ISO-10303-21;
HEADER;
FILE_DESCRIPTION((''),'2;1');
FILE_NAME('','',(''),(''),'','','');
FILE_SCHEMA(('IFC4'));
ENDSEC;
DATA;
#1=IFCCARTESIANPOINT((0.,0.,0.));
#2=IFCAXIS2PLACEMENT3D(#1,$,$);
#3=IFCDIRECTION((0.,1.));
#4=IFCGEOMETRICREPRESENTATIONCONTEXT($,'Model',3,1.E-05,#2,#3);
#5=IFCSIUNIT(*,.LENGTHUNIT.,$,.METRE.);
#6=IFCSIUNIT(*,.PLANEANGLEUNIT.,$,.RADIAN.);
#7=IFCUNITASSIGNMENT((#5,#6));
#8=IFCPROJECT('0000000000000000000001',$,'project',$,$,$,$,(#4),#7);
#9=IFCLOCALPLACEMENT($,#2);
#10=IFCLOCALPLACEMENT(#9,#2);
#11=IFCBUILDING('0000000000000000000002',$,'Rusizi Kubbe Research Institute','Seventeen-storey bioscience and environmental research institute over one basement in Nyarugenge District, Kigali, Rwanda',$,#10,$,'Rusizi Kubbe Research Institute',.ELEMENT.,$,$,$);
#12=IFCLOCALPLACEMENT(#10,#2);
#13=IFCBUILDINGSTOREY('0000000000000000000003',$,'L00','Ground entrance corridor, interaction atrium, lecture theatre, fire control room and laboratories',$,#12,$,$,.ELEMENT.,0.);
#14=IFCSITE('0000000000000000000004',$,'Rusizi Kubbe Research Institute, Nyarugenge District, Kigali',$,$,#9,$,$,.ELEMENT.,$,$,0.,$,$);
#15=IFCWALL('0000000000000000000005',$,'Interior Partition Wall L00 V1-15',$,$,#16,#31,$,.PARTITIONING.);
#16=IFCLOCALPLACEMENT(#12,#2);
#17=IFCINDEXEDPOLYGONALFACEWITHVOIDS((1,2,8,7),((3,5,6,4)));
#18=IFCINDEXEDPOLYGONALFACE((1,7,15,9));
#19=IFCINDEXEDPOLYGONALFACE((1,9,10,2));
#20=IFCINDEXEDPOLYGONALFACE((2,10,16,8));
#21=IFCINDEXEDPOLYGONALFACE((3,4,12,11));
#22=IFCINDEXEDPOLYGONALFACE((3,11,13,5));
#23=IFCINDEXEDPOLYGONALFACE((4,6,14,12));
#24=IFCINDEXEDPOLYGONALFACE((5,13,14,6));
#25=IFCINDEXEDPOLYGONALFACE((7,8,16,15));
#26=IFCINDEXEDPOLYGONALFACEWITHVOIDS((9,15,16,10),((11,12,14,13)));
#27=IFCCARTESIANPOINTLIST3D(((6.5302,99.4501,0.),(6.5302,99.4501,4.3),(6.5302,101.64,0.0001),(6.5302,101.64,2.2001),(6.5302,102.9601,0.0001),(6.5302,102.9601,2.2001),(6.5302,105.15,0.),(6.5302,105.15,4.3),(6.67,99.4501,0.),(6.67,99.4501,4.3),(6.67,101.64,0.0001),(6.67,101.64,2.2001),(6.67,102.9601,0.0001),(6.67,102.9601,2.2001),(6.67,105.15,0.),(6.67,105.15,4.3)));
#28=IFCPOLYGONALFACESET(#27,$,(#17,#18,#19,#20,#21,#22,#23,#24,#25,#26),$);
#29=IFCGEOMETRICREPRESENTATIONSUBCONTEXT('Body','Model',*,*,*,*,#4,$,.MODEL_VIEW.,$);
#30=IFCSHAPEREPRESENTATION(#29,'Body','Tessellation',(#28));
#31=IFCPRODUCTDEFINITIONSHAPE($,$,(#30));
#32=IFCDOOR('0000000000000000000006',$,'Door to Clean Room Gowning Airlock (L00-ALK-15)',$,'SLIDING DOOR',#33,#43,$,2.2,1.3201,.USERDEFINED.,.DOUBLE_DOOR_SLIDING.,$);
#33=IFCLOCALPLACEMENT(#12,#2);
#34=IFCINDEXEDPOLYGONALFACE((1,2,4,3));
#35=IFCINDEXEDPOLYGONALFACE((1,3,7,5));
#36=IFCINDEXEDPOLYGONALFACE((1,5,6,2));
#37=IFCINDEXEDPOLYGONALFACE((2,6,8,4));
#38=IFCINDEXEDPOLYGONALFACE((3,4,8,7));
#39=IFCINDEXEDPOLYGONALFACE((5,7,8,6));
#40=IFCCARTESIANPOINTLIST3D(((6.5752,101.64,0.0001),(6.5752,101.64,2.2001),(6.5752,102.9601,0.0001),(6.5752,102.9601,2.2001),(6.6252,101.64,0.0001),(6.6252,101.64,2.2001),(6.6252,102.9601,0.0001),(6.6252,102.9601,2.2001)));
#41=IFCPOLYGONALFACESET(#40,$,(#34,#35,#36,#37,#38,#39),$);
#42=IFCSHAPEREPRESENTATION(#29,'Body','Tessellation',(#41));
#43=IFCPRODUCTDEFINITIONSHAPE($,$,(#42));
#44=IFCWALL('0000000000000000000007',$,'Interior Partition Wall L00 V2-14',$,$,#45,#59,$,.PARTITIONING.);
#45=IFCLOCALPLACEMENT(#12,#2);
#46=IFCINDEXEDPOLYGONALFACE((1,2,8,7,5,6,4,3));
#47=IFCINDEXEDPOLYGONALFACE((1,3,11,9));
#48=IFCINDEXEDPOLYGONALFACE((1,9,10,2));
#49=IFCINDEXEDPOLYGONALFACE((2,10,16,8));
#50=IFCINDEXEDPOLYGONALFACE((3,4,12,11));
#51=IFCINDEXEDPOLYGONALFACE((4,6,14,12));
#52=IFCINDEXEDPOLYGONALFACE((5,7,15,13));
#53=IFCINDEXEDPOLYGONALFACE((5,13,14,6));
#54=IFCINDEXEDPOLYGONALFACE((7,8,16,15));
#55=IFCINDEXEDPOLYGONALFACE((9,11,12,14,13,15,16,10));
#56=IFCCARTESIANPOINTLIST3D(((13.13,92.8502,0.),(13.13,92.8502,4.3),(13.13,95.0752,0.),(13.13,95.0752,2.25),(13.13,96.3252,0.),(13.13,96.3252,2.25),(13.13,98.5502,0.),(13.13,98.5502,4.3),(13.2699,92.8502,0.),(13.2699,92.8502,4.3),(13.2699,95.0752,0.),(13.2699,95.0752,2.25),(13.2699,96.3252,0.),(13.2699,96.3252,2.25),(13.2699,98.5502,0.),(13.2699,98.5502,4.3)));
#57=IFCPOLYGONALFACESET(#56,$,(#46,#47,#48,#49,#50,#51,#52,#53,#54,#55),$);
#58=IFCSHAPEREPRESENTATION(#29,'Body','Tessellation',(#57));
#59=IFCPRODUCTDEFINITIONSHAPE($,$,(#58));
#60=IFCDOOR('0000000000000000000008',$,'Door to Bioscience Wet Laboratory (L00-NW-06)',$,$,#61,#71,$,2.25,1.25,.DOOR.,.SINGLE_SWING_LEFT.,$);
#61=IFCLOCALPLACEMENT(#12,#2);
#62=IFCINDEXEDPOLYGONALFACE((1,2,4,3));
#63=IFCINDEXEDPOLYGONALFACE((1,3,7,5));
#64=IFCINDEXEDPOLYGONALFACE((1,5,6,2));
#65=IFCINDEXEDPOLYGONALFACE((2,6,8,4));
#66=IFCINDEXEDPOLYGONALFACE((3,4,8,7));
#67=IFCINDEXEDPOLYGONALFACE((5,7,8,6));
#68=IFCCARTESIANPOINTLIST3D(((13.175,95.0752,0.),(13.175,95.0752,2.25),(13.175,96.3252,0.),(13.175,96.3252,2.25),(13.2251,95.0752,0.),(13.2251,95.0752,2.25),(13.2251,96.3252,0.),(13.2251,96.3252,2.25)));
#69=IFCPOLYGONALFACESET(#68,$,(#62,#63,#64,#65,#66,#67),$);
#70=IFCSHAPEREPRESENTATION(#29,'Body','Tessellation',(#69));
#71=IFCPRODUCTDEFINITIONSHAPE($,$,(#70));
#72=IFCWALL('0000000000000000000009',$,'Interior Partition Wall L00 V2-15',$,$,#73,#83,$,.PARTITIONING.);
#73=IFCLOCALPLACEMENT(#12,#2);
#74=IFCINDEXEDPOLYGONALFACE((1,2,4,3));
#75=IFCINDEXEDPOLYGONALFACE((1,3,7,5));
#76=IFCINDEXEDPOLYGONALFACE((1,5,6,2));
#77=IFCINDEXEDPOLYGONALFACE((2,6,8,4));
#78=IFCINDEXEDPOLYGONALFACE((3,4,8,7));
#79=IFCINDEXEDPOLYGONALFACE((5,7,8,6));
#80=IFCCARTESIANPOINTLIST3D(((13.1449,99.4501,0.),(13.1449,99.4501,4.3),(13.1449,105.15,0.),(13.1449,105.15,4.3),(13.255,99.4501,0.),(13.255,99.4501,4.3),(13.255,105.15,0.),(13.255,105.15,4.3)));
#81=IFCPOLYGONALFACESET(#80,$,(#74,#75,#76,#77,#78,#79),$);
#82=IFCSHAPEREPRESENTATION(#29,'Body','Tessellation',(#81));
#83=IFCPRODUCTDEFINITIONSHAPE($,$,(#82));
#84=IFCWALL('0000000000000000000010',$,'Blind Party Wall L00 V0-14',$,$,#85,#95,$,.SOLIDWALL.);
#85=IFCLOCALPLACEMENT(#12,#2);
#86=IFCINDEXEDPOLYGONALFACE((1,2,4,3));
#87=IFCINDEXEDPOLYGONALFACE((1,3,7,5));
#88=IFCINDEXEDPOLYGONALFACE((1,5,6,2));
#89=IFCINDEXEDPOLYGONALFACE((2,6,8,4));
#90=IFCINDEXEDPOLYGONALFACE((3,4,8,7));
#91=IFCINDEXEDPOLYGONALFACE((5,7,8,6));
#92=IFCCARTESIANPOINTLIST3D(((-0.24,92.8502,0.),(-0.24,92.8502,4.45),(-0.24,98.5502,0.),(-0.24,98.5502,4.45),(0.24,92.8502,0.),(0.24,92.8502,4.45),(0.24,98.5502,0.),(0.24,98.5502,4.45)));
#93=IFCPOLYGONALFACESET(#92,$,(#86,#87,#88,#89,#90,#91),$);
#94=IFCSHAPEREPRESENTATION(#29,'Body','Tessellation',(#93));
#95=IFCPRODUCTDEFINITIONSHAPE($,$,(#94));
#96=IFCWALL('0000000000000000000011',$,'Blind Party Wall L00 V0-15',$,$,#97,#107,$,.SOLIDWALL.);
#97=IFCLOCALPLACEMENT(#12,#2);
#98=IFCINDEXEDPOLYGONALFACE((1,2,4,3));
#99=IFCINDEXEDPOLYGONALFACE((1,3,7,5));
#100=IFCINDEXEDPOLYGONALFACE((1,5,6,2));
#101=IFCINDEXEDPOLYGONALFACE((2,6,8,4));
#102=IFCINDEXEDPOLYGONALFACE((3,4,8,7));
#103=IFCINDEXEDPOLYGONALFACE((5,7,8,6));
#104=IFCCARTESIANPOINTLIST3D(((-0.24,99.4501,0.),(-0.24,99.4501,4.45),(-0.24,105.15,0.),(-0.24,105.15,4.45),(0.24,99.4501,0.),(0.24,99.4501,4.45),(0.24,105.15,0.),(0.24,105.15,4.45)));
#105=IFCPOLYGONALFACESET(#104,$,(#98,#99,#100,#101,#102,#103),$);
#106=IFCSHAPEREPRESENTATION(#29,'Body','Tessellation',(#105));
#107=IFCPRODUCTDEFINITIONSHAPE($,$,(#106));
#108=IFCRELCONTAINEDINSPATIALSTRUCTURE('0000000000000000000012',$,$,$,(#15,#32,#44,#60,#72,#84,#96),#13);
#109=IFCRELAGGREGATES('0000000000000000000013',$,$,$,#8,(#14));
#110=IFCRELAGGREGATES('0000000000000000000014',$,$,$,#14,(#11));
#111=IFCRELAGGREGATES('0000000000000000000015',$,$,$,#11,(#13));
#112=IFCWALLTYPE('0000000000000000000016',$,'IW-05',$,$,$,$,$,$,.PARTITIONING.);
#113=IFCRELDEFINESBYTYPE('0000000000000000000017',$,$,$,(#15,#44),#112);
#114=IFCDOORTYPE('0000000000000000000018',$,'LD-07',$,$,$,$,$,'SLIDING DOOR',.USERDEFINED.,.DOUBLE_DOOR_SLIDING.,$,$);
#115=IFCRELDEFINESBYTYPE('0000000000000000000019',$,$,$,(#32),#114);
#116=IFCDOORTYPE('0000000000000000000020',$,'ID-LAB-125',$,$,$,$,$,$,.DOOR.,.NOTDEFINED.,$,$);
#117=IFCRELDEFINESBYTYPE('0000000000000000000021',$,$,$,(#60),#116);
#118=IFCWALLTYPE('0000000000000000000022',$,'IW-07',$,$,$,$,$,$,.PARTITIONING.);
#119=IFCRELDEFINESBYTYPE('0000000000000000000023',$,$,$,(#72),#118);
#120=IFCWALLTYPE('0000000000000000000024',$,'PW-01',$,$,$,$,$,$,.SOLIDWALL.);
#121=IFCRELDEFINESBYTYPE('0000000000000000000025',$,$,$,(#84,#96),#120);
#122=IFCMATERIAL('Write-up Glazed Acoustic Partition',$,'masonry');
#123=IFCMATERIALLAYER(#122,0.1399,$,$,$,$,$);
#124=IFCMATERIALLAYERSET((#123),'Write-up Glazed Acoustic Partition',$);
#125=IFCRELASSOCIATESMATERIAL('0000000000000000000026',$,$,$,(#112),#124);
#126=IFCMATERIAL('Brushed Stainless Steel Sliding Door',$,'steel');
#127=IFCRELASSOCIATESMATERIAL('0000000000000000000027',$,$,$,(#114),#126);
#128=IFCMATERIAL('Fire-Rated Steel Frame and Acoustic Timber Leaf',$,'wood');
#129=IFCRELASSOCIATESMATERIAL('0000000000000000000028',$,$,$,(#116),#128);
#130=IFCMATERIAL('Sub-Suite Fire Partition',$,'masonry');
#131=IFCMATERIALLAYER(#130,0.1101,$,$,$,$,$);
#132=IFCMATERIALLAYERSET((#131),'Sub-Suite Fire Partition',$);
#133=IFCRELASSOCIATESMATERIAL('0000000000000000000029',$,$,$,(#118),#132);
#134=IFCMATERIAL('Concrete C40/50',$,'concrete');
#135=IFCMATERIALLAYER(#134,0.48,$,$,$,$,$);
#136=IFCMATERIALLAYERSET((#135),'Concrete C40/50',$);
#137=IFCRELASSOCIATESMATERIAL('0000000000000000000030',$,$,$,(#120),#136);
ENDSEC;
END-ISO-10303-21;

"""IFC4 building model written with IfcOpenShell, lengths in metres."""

from ifc_helpers import new_model, si_unit, direction, frame, frame_2d, origin, place, context, subcontext, project, spatial, rectangle, extrude, material, layer, layer_set, type_object, element, fill, save


model = new_model("IFC4")

# Units and contexts
model_context = context("Model", 3, precision=1e-05, world=origin(), true_north=direction((0.0, 1.0)))
body_context = subcontext(model_context, "Body", "Model", "MODEL_VIEW")
ifc_project = project(units=[si_unit("LENGTHUNIT", "METRE"), si_unit("PLANEANGLEUNIT", "RADIAN")], contexts=[model_context])

# Site, building, storey
site_placement = place(None, origin())
site = spatial("IfcSite", under=ifc_project, at=site_placement, Name="Rusizi Kubbe Research Institute, Nyarugenge District, Kigali", CompositionType="ELEMENT", RefElevation=0.0)
building_placement = place(site_placement, origin())
building = spatial("IfcBuilding", under=site, at=building_placement, Name="Rusizi Kubbe Research Institute", Description="Seventeen-storey bioscience and environmental research institute over one basement in Nyarugenge District, Kigali, Rwanda", LongName="Rusizi Kubbe Research Institute", CompositionType="ELEMENT")
storey_placement = place(building_placement, origin())
storey = spatial("IfcBuildingStorey", under=building, at=storey_placement, Name="L00", Description="Ground entrance corridor, interaction atrium, lecture theatre, fire control room and laboratories", CompositionType="ELEMENT", Elevation=0.0)

# Shared definitions
ifc_material_1 = material(Name="Write-up Glazed Acoustic Partition", Category="masonry")
ifc_layer_1 = layer(ifc_material_1, 0.1399)
ifc_layer_set_1 = layer_set([ifc_layer_1], Name="Write-up Glazed Acoustic Partition")
wall_type_1 = type_object("IfcWallType", Name="IW-05", PredefinedType="PARTITIONING", material=ifc_layer_set_1)

# Walls, openings, doors
wall_1_placement = place(storey_placement, frame((6.6001, 99.45, 0.0), z_axis=(0.0, 0.0, 1.0), x_axis=(0.0, 1.0, 0.0)))
wall_1 = element("IfcWall", 1, at=wall_1_placement, inside=storey, type_object=wall_type_1, Name="Interior Partition Wall L00 V1-15", PredefinedType="PARTITIONING", context=body_context, shape_type="SweptSolid", body=[
    extrude(rectangle(XDim=5.7, YDim=0.1399, at=frame_2d((2.8501, 0.0))), origin(), (0.0, 0.0, 1.0), 4.3),
])
opening_1_placement = place(wall_1_placement, frame((2.1899, 0.0, 0.0)))
opening_1 = element("IfcOpeningElement", 2, at=opening_1_placement, cuts=wall_1, PredefinedType="OPENING", context=body_context, shape_type="SweptSolid", body=[
    extrude(rectangle(XDim=1.3201, YDim=2.2, at=frame_2d((0.6602, 1.1001))), frame((0.0, 0.0798, 0.0), z_axis=(0.0, -1.0, 0.0), x_axis=(1.0, 0.0, 0.0)), (0.0, 0.0, 1.0), 0.1599),
])
ifc_material_2 = material(Name="Brushed Stainless Steel Sliding Door", Category="steel")
door_type_1 = type_object("IfcDoorType", Name="LD-07", ElementType="SLIDING DOOR", OperationType="DOUBLE_DOOR_SLIDING", PredefinedType="USERDEFINED", material=ifc_material_2)
door_1_placement = place(opening_1_placement, origin())
door_1 = element("IfcDoor", 3, at=door_1_placement, inside=storey, type_object=door_type_1, Name="Door to Clean Room Gowning Airlock (L00-ALK-15)", ObjectType="SLIDING DOOR", OperationType="DOUBLE_DOOR_SLIDING", OverallHeight=2.2, OverallWidth=1.3201, PredefinedType="USERDEFINED", context=body_context, shape_type="SweptSolid", body=[
    extrude(rectangle(XDim=1.3201, YDim=2.2, at=frame_2d((0.6602, 1.1001))), frame((0.0, 0.0249, 0.0), z_axis=(0.0, -1.0, 0.0), x_axis=(1.0, 0.0, 0.0)), (0.0, 0.0, 1.0), 0.05),
])
fill(opening_1, door_1)
wall_2_placement = place(storey_placement, frame((13.2, 92.8501, 0.0), z_axis=(0.0, 0.0, 1.0), x_axis=(0.0, 1.0, 0.0)))
wall_2 = element("IfcWall", 4, at=wall_2_placement, inside=storey, type_object=wall_type_1, Name="Interior Partition Wall L00 V2-14", PredefinedType="PARTITIONING", context=body_context, shape_type="SweptSolid", body=[
    extrude(rectangle(XDim=5.7, YDim=0.1399, at=frame_2d((2.8501, 0.0))), origin(), (0.0, 0.0, 1.0), 4.3),
])
opening_2_placement = place(wall_2_placement, frame((2.2251, 0.0, 0.0)))
opening_2 = element("IfcOpeningElement", 5, at=opening_2_placement, cuts=wall_2, PredefinedType="OPENING", context=body_context, shape_type="SweptSolid", body=[
    extrude(rectangle(XDim=1.25, YDim=2.25, at=frame_2d((0.625, 1.125))), frame((0.0, 0.0798, 0.0), z_axis=(0.0, -1.0, 0.0), x_axis=(1.0, 0.0, 0.0)), (0.0, 0.0, 1.0), 0.1599),
])
ifc_material_3 = material(Name="Fire-Rated Steel Frame and Acoustic Timber Leaf", Category="wood")
door_type_2 = type_object("IfcDoorType", Name="ID-LAB-125", OperationType="NOTDEFINED", PredefinedType="DOOR", material=ifc_material_3)
door_2_placement = place(opening_2_placement, origin())
door_2 = element("IfcDoor", 6, at=door_2_placement, inside=storey, type_object=door_type_2, Name="Door to Bioscience Wet Laboratory (L00-NW-06)", OperationType="SINGLE_SWING_LEFT", OverallHeight=2.25, OverallWidth=1.25, PredefinedType="DOOR", context=body_context, shape_type="SweptSolid", body=[
    extrude(rectangle(XDim=1.25, YDim=2.25, at=frame_2d((0.625, 1.125))), frame((0.0, 0.0249, 0.0), z_axis=(0.0, -1.0, 0.0), x_axis=(1.0, 0.0, 0.0)), (0.0, 0.0, 1.0), 0.05),
])
fill(opening_2, door_2)

# Walls
ifc_material_4 = material(Name="Sub-Suite Fire Partition", Category="masonry")
ifc_layer_2 = layer(ifc_material_4, 0.1101)
ifc_layer_set_2 = layer_set([ifc_layer_2], Name="Sub-Suite Fire Partition")
wall_type_2 = type_object("IfcWallType", Name="IW-07", PredefinedType="PARTITIONING", material=ifc_layer_set_2)
wall_3_placement = place(storey_placement, frame((13.2, 99.45, 0.0), z_axis=(0.0, 0.0, 1.0), x_axis=(0.0, 1.0, 0.0)))
element("IfcWall", 7, at=wall_3_placement, inside=storey, type_object=wall_type_2, Name="Interior Partition Wall L00 V2-15", PredefinedType="PARTITIONING", context=body_context, shape_type="SweptSolid", body=[
    extrude(rectangle(XDim=5.7, YDim=0.1101, at=frame_2d((2.8501, 0.0))), origin(), (0.0, 0.0, 1.0), 4.3),
])
ifc_material_5 = material(Name="Concrete C40/50", Category="concrete")
ifc_layer_3 = layer(ifc_material_5, 0.48)
ifc_layer_set_3 = layer_set([ifc_layer_3], Name="Concrete C40/50")
wall_type_3 = type_object("IfcWallType", Name="PW-01", PredefinedType="SOLIDWALL", material=ifc_layer_set_3)
for number, where, z_axis, x_axis, name in (
    (8, (0.0, 92.8501, 0.0), (0.0, 0.0, 1.0), (0.0, 1.0, 0.0), "Blind Party Wall L00 V0-14"),
    (9, (0.0, 99.45, 0.0), (0.0, 0.0, 1.0), (0.0, 1.0, 0.0), "Blind Party Wall L00 V0-15"),
):
    element("IfcWall", number, at=place(storey_placement, frame(where, z_axis=z_axis, x_axis=x_axis)), inside=storey, type_object=wall_type_3, Name=name, PredefinedType="SOLIDWALL", context=body_context, shape_type="SweptSolid", body=[
        extrude(rectangle(XDim=5.7, YDim=0.48, at=frame_2d((2.8501, 0.0))), origin(), (0.0, 0.0, 1.0), 4.45),
    ])

save(model, "model.ifc")
